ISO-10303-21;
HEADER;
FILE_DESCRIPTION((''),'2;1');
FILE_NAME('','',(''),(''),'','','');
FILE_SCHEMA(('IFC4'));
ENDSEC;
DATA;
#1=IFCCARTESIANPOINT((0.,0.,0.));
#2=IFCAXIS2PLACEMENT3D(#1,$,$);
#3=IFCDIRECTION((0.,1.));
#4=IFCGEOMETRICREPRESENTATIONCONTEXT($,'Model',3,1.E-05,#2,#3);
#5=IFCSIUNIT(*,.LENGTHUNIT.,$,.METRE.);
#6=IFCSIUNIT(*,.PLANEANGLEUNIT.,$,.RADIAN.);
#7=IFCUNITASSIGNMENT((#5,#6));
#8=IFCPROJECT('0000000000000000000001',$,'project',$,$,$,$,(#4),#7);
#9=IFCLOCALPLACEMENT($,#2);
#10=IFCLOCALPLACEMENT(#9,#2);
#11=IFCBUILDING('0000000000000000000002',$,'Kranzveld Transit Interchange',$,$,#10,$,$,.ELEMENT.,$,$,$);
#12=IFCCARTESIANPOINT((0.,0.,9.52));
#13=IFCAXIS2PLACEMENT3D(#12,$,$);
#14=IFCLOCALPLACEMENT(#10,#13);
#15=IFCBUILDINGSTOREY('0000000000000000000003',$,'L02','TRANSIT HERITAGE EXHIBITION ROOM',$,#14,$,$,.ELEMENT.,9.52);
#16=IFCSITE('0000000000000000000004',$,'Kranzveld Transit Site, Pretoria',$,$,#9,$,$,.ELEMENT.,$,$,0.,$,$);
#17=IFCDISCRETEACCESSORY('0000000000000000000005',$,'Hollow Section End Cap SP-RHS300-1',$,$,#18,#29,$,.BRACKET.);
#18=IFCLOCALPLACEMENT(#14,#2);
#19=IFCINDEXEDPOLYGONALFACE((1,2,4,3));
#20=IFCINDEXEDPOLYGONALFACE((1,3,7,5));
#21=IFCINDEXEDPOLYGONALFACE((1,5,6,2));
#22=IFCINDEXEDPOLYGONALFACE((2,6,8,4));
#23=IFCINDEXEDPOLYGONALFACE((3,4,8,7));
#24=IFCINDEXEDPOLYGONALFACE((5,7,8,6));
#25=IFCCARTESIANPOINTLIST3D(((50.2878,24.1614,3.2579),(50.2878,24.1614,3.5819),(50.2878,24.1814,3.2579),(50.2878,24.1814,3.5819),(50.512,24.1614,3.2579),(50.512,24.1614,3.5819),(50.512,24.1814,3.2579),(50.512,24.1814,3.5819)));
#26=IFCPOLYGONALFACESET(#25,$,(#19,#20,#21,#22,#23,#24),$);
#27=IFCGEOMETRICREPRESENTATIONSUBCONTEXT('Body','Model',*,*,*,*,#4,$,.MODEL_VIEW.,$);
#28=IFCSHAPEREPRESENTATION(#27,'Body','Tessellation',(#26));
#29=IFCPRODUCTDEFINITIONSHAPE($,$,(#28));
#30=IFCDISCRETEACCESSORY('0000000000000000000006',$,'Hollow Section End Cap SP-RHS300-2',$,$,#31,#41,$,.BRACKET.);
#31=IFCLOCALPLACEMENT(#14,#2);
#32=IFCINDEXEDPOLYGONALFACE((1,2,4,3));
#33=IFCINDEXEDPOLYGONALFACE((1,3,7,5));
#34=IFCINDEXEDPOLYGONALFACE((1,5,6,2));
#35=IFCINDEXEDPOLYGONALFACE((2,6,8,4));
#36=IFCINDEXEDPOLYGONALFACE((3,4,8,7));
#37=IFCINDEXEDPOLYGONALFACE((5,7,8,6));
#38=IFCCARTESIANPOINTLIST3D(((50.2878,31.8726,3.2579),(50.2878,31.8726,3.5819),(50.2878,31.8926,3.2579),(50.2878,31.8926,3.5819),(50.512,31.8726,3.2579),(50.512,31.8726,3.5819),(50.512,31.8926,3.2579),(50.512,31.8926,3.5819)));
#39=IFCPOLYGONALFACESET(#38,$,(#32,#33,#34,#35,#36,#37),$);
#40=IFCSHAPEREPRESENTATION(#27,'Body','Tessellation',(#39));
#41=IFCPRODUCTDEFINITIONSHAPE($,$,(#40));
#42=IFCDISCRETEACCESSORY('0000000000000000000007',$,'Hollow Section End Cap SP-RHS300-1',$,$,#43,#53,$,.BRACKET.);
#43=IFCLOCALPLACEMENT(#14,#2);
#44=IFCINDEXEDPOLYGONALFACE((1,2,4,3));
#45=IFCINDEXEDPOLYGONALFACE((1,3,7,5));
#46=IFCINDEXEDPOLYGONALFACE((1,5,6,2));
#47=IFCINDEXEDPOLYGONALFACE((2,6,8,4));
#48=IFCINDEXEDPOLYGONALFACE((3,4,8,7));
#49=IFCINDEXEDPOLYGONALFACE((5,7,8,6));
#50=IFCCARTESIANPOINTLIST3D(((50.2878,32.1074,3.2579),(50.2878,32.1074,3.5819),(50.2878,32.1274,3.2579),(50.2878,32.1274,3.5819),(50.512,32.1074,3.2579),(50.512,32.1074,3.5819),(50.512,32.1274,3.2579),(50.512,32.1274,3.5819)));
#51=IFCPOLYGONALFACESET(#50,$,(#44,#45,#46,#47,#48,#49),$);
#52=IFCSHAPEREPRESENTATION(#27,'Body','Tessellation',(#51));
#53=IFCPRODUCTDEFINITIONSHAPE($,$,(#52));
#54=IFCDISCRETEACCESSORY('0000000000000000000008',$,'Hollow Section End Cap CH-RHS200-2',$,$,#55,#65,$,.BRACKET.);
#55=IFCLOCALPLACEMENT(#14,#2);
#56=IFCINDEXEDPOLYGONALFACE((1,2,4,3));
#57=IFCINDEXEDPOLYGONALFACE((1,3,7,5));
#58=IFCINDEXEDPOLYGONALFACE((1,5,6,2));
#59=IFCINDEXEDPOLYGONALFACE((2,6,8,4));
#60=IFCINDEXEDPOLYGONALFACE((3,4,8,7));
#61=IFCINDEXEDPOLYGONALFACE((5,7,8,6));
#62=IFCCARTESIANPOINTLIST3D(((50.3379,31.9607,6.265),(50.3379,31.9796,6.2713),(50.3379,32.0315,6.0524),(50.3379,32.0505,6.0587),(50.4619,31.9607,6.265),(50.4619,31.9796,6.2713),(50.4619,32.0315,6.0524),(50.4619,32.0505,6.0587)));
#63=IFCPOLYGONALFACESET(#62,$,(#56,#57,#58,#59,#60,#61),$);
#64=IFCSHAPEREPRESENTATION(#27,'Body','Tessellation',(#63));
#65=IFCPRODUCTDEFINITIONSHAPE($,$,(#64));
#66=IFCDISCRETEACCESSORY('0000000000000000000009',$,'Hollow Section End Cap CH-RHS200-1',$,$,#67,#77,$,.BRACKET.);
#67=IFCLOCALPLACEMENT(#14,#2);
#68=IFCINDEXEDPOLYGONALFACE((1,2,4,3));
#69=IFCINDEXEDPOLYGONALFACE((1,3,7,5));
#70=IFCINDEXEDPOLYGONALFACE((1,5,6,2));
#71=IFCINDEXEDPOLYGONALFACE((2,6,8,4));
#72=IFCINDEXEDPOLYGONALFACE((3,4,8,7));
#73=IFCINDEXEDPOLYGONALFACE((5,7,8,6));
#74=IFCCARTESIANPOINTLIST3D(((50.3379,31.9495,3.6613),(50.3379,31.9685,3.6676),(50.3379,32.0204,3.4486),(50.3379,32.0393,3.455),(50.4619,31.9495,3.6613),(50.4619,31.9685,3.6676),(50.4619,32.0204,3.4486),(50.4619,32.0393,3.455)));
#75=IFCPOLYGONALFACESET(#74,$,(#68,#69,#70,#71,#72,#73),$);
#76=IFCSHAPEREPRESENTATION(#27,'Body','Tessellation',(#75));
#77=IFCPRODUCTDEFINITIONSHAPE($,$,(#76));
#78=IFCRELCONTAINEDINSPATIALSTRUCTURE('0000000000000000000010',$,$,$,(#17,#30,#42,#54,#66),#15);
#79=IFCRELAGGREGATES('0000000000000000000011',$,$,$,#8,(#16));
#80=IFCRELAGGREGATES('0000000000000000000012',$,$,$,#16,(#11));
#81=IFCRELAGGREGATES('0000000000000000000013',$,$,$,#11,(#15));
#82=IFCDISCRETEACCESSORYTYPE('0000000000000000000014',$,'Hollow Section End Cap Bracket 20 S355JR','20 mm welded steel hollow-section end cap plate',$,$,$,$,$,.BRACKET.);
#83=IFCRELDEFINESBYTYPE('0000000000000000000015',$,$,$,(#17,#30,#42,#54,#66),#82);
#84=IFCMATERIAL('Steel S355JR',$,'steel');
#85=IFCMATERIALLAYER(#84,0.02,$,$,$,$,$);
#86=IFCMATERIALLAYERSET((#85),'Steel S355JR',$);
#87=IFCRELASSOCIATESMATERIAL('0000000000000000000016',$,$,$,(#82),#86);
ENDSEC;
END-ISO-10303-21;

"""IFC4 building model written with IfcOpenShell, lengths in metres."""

from ifc_helpers import new_model, si_unit, direction, frame, origin, origin_2d, place, context, subcontext, project, spatial, rectangle, extrude, material, layer, layer_set, type_object, element, save


model = new_model("IFC4")

# Units and contexts
model_context = context("Model", 3, precision=1e-05, world=origin(), true_north=direction((0.0, 1.0)))
body_context = subcontext(model_context, "Body", "Model", "MODEL_VIEW")
ifc_project = project(units=[si_unit("LENGTHUNIT", "METRE"), si_unit("PLANEANGLEUNIT", "RADIAN")], contexts=[model_context])

# Site, building, storey
site_placement = place(None, origin())
site = spatial("IfcSite", under=ifc_project, at=site_placement, Name="Kranzveld Transit Site, Pretoria", CompositionType="ELEMENT", RefElevation=0.0)
building_placement = place(site_placement, origin())
building = spatial("IfcBuilding", under=site, at=building_placement, Name="Kranzveld Transit Interchange", CompositionType="ELEMENT")
storey_placement = place(building_placement, frame((0.0, 0.0, 9.52)))
storey = spatial("IfcBuildingStorey", under=building, at=storey_placement, Name="L02", Description="TRANSIT HERITAGE EXHIBITION ROOM", CompositionType="ELEMENT", Elevation=9.52)

# Discrete accessories
ifc_material_1 = material(Name="Steel S355JR", Category="steel")
ifc_layer_1 = layer(ifc_material_1, 0.02)
ifc_layer_set_1 = layer_set([ifc_layer_1], Name="Steel S355JR")
discrete_accessory_type = type_object("IfcDiscreteAccessoryType", Name="Hollow Section End Cap Bracket 20 S355JR", Description="20 mm welded steel hollow-section end cap plate", PredefinedType="BRACKET", material=ifc_layer_set_1)
for number, where, z_axis, x_axis, name in (
    (1, (50.3999, 24.1814, 3.4199), (0.0, -1.0, 0.0), (1.0, 0.0, 0.0), "Hollow Section End Cap SP-RHS300-1"),
    (2, (50.3999, 31.8726, 3.4199), (0.0, 1.0, 0.0), (-1.0, 0.0, 0.0), "Hollow Section End Cap SP-RHS300-2"),
    (3, (50.3999, 32.1274, 3.4199), (0.0, -1.0, 0.0), (1.0, 0.0, 0.0), "Hollow Section End Cap SP-RHS300-1"),
):
    element("IfcDiscreteAccessory", number, at=place(storey_placement, frame(where, z_axis=z_axis, x_axis=x_axis)), inside=storey, type_object=discrete_accessory_type, Name=name, PredefinedType="BRACKET", context=body_context, shape_type="SweptSolid", body=[
        extrude(rectangle(XDim=0.2241, YDim=0.324, at=origin_2d()), origin(), (0.0, 0.0, 1.0), 0.02),
    ])
for number, where, z_axis, x_axis, name in (
    (4, (50.3999, 31.9961, 6.1587), (0.0, 0.948683, 0.316228), (-1.0, 0.0, 0.0), "Hollow Section End Cap CH-RHS200-2"),
    (5, (50.3999, 32.0039, 3.5613), (0.0, -0.948683, -0.316228), (1.0, 0.0, 0.0), "Hollow Section End Cap CH-RHS200-1"),
):
    element("IfcDiscreteAccessory", number, at=place(storey_placement, frame(where, z_axis=z_axis, x_axis=x_axis)), inside=storey, type_object=discrete_accessory_type, Name=name, PredefinedType="BRACKET", context=body_context, shape_type="SweptSolid", body=[
        extrude(rectangle(XDim=0.124, YDim=0.2241, at=origin_2d()), origin(), (0.0, 0.0, 1.0), 0.02),
    ])

save(model, "model.ifc")
